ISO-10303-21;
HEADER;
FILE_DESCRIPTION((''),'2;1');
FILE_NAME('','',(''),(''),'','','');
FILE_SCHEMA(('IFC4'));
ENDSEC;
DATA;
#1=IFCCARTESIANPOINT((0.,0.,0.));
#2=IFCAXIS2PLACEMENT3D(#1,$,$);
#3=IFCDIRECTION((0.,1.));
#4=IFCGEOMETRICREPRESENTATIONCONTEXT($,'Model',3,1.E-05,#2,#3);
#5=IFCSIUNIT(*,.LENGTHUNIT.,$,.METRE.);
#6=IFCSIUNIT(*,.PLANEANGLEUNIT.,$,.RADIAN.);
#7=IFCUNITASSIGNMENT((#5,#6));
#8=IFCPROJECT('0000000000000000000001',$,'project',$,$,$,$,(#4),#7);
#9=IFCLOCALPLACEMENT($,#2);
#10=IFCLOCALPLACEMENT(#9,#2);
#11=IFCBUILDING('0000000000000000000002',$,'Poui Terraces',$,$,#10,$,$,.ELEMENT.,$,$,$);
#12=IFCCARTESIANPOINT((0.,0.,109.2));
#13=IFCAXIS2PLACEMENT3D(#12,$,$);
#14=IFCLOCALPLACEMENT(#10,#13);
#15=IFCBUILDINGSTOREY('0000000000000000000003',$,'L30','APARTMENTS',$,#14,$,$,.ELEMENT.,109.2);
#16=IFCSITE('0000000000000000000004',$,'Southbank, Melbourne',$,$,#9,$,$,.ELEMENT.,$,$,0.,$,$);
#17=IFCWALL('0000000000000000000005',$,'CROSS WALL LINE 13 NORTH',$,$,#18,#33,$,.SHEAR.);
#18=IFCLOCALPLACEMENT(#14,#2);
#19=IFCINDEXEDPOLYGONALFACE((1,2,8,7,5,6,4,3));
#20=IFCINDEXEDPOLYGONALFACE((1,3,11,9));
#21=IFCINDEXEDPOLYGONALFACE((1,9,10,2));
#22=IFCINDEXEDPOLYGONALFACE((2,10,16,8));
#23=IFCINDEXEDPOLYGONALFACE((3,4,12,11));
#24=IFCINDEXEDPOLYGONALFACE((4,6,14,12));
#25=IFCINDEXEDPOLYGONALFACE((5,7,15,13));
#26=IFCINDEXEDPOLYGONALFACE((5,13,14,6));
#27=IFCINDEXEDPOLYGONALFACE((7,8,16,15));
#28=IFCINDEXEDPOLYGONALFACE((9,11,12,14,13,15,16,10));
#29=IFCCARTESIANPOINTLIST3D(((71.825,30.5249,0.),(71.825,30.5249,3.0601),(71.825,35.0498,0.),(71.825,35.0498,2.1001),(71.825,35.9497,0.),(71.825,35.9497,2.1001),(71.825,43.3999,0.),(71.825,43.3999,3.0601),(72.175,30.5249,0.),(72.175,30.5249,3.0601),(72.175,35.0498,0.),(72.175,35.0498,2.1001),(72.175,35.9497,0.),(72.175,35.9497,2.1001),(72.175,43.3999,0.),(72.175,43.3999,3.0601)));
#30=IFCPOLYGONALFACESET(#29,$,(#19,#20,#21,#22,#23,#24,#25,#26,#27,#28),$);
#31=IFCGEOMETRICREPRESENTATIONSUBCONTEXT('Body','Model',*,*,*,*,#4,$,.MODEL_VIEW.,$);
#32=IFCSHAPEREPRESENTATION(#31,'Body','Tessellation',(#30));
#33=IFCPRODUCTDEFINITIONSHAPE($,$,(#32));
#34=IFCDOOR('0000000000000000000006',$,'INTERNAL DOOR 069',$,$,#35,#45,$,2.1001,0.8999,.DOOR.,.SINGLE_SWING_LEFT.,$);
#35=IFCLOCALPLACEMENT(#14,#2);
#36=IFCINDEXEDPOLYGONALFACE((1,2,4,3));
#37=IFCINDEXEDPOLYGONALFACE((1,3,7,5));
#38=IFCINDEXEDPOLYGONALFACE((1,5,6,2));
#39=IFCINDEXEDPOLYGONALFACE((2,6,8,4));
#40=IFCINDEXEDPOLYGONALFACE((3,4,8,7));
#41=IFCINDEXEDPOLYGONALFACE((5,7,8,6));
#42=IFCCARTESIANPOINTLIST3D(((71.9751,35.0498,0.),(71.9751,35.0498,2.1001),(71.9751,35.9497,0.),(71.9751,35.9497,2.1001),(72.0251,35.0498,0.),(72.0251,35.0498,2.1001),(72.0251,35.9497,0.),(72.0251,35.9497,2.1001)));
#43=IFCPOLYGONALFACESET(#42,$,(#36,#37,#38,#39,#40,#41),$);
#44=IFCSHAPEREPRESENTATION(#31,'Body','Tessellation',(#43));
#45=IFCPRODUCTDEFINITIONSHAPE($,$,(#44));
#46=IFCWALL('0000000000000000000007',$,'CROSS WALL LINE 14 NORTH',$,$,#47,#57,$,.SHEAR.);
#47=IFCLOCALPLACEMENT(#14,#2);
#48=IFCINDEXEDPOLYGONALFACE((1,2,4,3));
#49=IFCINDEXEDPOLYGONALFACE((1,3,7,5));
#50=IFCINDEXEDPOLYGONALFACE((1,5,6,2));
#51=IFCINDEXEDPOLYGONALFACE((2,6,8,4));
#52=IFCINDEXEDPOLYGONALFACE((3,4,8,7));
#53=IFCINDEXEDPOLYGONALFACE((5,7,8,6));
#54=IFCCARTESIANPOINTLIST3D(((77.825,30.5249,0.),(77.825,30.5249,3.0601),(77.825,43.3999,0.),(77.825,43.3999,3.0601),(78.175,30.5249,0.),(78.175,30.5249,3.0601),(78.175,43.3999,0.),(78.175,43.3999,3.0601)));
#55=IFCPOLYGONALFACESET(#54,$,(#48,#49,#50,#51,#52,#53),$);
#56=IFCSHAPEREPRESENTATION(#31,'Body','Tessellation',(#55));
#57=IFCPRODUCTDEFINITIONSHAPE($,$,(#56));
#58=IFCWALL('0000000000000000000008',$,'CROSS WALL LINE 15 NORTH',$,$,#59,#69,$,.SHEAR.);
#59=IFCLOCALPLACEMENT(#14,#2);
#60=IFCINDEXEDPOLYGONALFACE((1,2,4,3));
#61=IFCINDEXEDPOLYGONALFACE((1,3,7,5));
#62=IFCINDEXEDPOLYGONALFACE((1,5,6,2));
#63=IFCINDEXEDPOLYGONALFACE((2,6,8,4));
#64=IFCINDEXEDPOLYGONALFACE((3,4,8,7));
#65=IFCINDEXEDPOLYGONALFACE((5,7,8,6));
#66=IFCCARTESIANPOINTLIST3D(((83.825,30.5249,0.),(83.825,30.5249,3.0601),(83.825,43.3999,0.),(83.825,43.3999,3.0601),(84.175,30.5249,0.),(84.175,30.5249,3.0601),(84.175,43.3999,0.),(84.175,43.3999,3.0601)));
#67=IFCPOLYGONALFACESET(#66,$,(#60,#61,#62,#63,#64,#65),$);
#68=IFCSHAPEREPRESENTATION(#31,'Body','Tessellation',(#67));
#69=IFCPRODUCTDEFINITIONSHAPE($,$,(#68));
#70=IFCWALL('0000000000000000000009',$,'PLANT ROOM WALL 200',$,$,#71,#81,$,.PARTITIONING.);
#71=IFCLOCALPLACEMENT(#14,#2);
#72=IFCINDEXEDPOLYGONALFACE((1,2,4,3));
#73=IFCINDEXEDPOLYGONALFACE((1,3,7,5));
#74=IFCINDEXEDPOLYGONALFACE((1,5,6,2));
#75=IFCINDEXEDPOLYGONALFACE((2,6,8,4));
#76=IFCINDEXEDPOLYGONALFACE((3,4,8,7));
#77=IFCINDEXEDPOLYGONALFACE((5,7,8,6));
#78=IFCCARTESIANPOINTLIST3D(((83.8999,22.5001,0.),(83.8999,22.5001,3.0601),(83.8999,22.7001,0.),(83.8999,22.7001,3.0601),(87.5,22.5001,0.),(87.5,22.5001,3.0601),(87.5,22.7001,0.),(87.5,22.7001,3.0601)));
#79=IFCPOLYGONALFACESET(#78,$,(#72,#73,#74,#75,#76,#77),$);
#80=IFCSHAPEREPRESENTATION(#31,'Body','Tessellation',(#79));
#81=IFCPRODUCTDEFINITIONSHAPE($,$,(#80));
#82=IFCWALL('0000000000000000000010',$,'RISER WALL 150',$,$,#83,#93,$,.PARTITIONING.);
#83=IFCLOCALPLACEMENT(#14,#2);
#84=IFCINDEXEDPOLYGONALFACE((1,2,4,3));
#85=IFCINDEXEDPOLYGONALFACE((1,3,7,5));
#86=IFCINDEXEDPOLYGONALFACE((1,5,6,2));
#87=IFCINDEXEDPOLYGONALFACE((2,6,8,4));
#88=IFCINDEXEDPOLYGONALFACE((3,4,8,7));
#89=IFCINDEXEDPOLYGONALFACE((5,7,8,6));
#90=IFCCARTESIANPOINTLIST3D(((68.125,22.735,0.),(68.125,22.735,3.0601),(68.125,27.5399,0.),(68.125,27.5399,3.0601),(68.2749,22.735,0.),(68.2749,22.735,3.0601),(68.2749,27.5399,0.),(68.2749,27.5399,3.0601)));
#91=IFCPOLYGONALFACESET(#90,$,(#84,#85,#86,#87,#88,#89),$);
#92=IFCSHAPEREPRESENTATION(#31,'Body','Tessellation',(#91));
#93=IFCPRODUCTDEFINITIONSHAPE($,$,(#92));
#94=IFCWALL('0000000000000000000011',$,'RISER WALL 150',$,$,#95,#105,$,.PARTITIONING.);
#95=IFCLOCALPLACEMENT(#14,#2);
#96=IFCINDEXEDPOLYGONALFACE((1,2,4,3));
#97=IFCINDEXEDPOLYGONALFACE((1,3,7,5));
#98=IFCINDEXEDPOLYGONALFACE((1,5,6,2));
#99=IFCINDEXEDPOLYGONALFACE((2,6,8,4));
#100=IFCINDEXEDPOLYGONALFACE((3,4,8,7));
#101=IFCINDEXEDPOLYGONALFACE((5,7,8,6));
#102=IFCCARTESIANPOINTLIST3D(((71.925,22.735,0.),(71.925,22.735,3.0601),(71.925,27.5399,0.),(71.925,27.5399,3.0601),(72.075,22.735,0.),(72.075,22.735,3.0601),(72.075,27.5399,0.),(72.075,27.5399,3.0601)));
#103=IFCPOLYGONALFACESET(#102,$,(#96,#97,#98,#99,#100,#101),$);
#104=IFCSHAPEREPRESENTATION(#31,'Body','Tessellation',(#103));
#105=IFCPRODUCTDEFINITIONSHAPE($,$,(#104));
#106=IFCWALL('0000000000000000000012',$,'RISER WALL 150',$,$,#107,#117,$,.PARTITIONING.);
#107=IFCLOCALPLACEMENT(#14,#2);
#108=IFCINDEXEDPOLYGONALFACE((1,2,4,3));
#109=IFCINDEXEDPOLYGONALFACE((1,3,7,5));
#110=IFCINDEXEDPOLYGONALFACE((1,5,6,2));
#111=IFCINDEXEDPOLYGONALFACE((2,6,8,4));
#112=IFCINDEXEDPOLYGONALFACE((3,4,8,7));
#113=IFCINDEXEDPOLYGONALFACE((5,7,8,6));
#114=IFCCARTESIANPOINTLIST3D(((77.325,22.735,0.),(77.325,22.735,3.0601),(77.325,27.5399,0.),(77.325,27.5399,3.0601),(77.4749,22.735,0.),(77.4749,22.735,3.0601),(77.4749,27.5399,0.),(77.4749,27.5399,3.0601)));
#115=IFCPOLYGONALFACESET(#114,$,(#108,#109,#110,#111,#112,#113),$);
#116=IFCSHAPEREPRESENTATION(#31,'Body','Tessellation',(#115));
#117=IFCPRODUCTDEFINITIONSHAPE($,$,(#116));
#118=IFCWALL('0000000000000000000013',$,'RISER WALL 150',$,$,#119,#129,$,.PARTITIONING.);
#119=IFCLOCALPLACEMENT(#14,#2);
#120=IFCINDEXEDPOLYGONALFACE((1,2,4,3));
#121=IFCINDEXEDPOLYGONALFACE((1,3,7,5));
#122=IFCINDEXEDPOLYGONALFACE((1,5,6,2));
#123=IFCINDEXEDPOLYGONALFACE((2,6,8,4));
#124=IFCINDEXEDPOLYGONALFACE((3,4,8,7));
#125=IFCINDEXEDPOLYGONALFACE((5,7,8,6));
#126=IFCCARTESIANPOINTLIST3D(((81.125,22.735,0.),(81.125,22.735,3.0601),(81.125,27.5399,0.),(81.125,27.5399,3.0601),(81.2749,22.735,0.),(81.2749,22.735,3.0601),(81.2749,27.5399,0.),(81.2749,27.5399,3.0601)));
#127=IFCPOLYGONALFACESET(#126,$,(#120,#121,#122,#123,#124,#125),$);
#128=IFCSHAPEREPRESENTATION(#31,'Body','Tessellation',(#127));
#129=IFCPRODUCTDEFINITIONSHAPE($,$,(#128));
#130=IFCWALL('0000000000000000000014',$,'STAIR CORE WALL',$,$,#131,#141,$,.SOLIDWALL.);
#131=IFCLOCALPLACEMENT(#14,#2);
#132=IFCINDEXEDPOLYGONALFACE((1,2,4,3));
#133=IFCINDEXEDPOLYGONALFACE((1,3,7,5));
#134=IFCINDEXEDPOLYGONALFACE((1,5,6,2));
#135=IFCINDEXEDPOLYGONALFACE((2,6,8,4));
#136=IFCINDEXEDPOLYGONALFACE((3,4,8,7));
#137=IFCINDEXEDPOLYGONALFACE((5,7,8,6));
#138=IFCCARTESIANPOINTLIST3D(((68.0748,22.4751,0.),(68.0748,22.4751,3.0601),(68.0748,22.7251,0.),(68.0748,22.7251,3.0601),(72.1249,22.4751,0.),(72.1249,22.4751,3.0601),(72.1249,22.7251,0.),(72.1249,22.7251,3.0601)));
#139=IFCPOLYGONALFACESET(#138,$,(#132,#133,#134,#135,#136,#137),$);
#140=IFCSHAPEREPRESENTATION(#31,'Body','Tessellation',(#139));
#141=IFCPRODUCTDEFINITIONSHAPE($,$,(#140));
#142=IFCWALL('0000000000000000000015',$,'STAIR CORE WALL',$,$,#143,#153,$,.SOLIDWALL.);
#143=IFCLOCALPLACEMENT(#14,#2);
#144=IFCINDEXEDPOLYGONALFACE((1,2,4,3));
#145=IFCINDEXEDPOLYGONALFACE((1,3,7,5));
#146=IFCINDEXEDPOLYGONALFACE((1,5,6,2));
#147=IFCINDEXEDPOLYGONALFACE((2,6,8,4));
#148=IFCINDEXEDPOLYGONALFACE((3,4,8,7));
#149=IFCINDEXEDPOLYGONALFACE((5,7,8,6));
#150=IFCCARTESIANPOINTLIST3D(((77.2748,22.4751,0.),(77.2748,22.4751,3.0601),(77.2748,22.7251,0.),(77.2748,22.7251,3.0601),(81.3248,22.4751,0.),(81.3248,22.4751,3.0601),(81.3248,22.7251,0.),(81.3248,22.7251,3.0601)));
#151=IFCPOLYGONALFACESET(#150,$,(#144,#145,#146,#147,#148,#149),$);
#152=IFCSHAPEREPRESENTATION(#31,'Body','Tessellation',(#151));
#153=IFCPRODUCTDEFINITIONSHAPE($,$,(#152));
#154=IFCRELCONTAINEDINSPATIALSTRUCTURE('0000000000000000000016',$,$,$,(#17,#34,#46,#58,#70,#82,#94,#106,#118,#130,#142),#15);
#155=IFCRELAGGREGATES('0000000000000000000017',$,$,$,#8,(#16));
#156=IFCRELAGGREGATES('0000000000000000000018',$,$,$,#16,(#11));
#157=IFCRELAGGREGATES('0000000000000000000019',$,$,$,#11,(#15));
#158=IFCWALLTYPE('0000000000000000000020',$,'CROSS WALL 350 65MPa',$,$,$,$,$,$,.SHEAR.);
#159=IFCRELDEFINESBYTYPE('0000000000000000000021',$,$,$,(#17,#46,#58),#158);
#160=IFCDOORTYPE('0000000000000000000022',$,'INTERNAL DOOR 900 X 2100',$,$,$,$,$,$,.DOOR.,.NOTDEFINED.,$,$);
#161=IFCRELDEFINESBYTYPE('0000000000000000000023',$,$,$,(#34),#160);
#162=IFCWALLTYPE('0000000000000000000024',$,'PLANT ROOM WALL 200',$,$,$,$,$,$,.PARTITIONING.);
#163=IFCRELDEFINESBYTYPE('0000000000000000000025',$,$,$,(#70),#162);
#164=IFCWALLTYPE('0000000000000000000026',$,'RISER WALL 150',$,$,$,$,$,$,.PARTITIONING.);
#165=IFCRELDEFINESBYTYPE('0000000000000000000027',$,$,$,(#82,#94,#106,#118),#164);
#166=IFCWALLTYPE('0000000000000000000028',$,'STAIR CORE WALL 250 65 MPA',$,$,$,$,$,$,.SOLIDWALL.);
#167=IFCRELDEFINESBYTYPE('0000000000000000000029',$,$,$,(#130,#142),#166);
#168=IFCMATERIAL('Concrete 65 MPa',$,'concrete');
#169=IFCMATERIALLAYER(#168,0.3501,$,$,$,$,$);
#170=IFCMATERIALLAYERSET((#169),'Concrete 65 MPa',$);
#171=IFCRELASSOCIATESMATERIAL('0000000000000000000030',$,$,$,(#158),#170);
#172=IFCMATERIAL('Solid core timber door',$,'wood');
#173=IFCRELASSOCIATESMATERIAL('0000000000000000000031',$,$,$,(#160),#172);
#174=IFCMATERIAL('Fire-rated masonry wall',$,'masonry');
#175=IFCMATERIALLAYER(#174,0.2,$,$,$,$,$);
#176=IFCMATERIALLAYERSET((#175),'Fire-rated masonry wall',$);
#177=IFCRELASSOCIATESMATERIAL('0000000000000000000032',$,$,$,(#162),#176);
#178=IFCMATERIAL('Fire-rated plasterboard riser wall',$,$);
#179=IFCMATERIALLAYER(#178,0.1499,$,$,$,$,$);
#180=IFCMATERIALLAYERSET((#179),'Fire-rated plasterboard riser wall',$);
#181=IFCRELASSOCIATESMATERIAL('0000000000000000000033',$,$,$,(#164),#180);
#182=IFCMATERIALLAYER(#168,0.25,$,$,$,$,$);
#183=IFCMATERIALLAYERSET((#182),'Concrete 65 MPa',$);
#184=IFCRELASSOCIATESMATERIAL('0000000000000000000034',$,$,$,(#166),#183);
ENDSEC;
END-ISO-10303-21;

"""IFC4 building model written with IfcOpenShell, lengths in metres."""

from ifc_helpers import new_model, si_unit, direction, frame, frame_2d, origin, place, context, subcontext, project, spatial, rectangle, extrude, material, layer, layer_set, type_object, element, fill, save


model = new_model("IFC4")

# Units and contexts
model_context = context("Model", 3, precision=1e-05, world=origin(), true_north=direction((0.0, 1.0)))
body_context = subcontext(model_context, "Body", "Model", "MODEL_VIEW")
ifc_project = project(units=[si_unit("LENGTHUNIT", "METRE"), si_unit("PLANEANGLEUNIT", "RADIAN")], contexts=[model_context])

# Site, building, storey
site_placement = place(None, origin())
site = spatial("IfcSite", under=ifc_project, at=site_placement, Name="Southbank, Melbourne", CompositionType="ELEMENT", RefElevation=0.0)
building_placement = place(site_placement, origin())
building = spatial("IfcBuilding", under=site, at=building_placement, Name="Poui Terraces", CompositionType="ELEMENT")
storey_placement = place(building_placement, frame((0.0, 0.0, 109.2)))
storey = spatial("IfcBuildingStorey", under=building, at=storey_placement, Name="L30", Description="APARTMENTS", CompositionType="ELEMENT", Elevation=109.2)

# Shared definitions
ifc_material_1 = material(Name="Concrete 65 MPa", Category="concrete")

# Shared definitions
ifc_material_2 = material(Name="Solid core timber door", Category="wood")

# Shared definitions
ifc_layer_1 = layer(ifc_material_1, 0.3501)
ifc_layer_set_1 = layer_set([ifc_layer_1], Name="Concrete 65 MPa")
wall_type_1 = type_object("IfcWallType", Name="CROSS WALL 350 65MPa", PredefinedType="SHEAR", material=ifc_layer_set_1)

# Wall, opening, door
wall_1_placement = place(storey_placement, frame((72.0, 30.5249, 0.0), z_axis=(0.0, 0.0, 1.0), x_axis=(0.0, 1.0, 0.0)))
wall_1 = element("IfcWall", 1, at=wall_1_placement, inside=storey, type_object=wall_type_1, Name="CROSS WALL LINE 13 NORTH", PredefinedType="SHEAR", context=body_context, shape_type="SweptSolid", body=[
    extrude(rectangle(XDim=12.875, YDim=0.3501, at=frame_2d((6.4375, 0.0))), origin(), (0.0, 0.0, 1.0), 3.0601),
])
opening_1_placement = place(wall_1_placement, frame((4.5249, 0.0, 0.0)))
opening_1 = element("IfcOpeningElement", 2, at=opening_1_placement, cuts=wall_1, PredefinedType="OPENING", context=body_context, shape_type="SweptSolid", body=[
    extrude(rectangle(XDim=0.8999, YDim=2.1001, at=frame_2d((0.45, 1.05))), frame((0.0, 0.1851, 0.0), z_axis=(0.0, -1.0, 0.0), x_axis=(1.0, 0.0, 0.0)), (0.0, 0.0, 1.0), 0.3701),
])
door_type_1 = type_object("IfcDoorType", Name="INTERNAL DOOR 900 X 2100", OperationType="NOTDEFINED", PredefinedType="DOOR", material=ifc_material_2)
door_1_placement = place(opening_1_placement, origin())
door_1 = element("IfcDoor", 3, at=door_1_placement, inside=storey, type_object=door_type_1, Name="INTERNAL DOOR 069", OperationType="SINGLE_SWING_LEFT", OverallHeight=2.1001, OverallWidth=0.8999, PredefinedType="DOOR", context=body_context, shape_type="SweptSolid", body=[
    extrude(rectangle(XDim=0.8999, YDim=2.1001, at=frame_2d((0.45, 1.05))), frame((0.0, 0.0249, 0.0), z_axis=(0.0, -1.0, 0.0), x_axis=(1.0, 0.0, 0.0)), (0.0, 0.0, 1.0), 0.05),
])
fill(opening_1, door_1)

# Walls
for number, where, z_axis, x_axis, name in (
    (4, (78.0, 30.5249, 0.0), (0.0, 0.0, 1.0), (0.0, 1.0, 0.0), "CROSS WALL LINE 14 NORTH"),
    (5, (84.0, 30.5249, 0.0), (0.0, 0.0, 1.0), (0.0, 1.0, 0.0), "CROSS WALL LINE 15 NORTH"),
):
    element("IfcWall", number, at=place(storey_placement, frame(where, z_axis=z_axis, x_axis=x_axis)), inside=storey, type_object=wall_type_1, Name=name, PredefinedType="SHEAR", context=body_context, shape_type="SweptSolid", body=[
        extrude(rectangle(XDim=12.875, YDim=0.3501, at=frame_2d((6.4375, 0.0))), origin(), (0.0, 0.0, 1.0), 3.0601),
    ])
ifc_material_3 = material(Name="Fire-rated masonry wall", Category="masonry")
ifc_layer_2 = layer(ifc_material_3, 0.2)
ifc_layer_set_2 = layer_set([ifc_layer_2], Name="Fire-rated masonry wall")
wall_type_2 = type_object("IfcWallType", Name="PLANT ROOM WALL 200", PredefinedType="PARTITIONING", material=ifc_layer_set_2)
wall_2_placement = place(storey_placement, frame((83.8999, 22.6001, 0.0), z_axis=(0.0, 0.0, 1.0), x_axis=(1.0, 0.0, 0.0)))
element("IfcWall", 6, at=wall_2_placement, inside=storey, type_object=wall_type_2, Name="PLANT ROOM WALL 200", PredefinedType="PARTITIONING", context=body_context, shape_type="SweptSolid", body=[
    extrude(rectangle(XDim=3.6001, YDim=0.2, at=frame_2d((1.8, 0.0))), origin(), (0.0, 0.0, 1.0), 3.0601),
])
ifc_material_4 = material(Name="Fire-rated plasterboard riser wall")
ifc_layer_3 = layer(ifc_material_4, 0.1499)
ifc_layer_set_3 = layer_set([ifc_layer_3], Name="Fire-rated plasterboard riser wall")
wall_type_3 = type_object("IfcWallType", Name="RISER WALL 150", PredefinedType="PARTITIONING", material=ifc_layer_set_3)
for number, where, z_axis, x_axis, name in (
    (7, (68.2, 22.7351, 0.0), (0.0, 0.0, 1.0), (0.0, 1.0, 0.0), "RISER WALL 150"),
    (8, (72.0, 22.7351, 0.0), (0.0, 0.0, 1.0), (0.0, 1.0, 0.0), "RISER WALL 150"),
    (9, (77.3999, 22.7351, 0.0), (0.0, 0.0, 1.0), (0.0, 1.0, 0.0), "RISER WALL 150"),
    (10, (81.2, 22.7351, 0.0), (0.0, 0.0, 1.0), (0.0, 1.0, 0.0), "RISER WALL 150"),
):
    element("IfcWall", number, at=place(storey_placement, frame(where, z_axis=z_axis, x_axis=x_axis)), inside=storey, type_object=wall_type_3, Name=name, PredefinedType="PARTITIONING", context=body_context, shape_type="SweptSolid", body=[
        extrude(rectangle(XDim=4.8049, YDim=0.1499, at=frame_2d((2.4023, 0.0))), origin(), (0.0, 0.0, 1.0), 3.0601),
    ])
ifc_layer_4 = layer(ifc_material_1, 0.25)
ifc_layer_set_4 = layer_set([ifc_layer_4], Name="Concrete 65 MPa")
wall_type_4 = type_object("IfcWallType", Name="STAIR CORE WALL 250 65 MPA", PredefinedType="SOLIDWALL", material=ifc_layer_set_4)
for number, where, z_axis, x_axis, name in (
    (11, (68.075, 22.6001, 0.0), (0.0, 0.0, 1.0), (1.0, 0.0, 0.0), "STAIR CORE WALL"),
    (12, (77.2749, 22.6001, 0.0), (0.0, 0.0, 1.0), (1.0, 0.0, 0.0), "STAIR CORE WALL"),
):
    element("IfcWall", number, at=place(storey_placement, frame(where, z_axis=z_axis, x_axis=x_axis)), inside=storey, type_object=wall_type_4, Name=name, PredefinedType="SOLIDWALL", context=body_context, shape_type="SweptSolid", body=[
        extrude(rectangle(XDim=4.05, YDim=0.25, at=frame_2d((2.0249, 0.0))), origin(), (0.0, 0.0, 1.0), 3.0601),
    ])

save(model, "model.ifc")
